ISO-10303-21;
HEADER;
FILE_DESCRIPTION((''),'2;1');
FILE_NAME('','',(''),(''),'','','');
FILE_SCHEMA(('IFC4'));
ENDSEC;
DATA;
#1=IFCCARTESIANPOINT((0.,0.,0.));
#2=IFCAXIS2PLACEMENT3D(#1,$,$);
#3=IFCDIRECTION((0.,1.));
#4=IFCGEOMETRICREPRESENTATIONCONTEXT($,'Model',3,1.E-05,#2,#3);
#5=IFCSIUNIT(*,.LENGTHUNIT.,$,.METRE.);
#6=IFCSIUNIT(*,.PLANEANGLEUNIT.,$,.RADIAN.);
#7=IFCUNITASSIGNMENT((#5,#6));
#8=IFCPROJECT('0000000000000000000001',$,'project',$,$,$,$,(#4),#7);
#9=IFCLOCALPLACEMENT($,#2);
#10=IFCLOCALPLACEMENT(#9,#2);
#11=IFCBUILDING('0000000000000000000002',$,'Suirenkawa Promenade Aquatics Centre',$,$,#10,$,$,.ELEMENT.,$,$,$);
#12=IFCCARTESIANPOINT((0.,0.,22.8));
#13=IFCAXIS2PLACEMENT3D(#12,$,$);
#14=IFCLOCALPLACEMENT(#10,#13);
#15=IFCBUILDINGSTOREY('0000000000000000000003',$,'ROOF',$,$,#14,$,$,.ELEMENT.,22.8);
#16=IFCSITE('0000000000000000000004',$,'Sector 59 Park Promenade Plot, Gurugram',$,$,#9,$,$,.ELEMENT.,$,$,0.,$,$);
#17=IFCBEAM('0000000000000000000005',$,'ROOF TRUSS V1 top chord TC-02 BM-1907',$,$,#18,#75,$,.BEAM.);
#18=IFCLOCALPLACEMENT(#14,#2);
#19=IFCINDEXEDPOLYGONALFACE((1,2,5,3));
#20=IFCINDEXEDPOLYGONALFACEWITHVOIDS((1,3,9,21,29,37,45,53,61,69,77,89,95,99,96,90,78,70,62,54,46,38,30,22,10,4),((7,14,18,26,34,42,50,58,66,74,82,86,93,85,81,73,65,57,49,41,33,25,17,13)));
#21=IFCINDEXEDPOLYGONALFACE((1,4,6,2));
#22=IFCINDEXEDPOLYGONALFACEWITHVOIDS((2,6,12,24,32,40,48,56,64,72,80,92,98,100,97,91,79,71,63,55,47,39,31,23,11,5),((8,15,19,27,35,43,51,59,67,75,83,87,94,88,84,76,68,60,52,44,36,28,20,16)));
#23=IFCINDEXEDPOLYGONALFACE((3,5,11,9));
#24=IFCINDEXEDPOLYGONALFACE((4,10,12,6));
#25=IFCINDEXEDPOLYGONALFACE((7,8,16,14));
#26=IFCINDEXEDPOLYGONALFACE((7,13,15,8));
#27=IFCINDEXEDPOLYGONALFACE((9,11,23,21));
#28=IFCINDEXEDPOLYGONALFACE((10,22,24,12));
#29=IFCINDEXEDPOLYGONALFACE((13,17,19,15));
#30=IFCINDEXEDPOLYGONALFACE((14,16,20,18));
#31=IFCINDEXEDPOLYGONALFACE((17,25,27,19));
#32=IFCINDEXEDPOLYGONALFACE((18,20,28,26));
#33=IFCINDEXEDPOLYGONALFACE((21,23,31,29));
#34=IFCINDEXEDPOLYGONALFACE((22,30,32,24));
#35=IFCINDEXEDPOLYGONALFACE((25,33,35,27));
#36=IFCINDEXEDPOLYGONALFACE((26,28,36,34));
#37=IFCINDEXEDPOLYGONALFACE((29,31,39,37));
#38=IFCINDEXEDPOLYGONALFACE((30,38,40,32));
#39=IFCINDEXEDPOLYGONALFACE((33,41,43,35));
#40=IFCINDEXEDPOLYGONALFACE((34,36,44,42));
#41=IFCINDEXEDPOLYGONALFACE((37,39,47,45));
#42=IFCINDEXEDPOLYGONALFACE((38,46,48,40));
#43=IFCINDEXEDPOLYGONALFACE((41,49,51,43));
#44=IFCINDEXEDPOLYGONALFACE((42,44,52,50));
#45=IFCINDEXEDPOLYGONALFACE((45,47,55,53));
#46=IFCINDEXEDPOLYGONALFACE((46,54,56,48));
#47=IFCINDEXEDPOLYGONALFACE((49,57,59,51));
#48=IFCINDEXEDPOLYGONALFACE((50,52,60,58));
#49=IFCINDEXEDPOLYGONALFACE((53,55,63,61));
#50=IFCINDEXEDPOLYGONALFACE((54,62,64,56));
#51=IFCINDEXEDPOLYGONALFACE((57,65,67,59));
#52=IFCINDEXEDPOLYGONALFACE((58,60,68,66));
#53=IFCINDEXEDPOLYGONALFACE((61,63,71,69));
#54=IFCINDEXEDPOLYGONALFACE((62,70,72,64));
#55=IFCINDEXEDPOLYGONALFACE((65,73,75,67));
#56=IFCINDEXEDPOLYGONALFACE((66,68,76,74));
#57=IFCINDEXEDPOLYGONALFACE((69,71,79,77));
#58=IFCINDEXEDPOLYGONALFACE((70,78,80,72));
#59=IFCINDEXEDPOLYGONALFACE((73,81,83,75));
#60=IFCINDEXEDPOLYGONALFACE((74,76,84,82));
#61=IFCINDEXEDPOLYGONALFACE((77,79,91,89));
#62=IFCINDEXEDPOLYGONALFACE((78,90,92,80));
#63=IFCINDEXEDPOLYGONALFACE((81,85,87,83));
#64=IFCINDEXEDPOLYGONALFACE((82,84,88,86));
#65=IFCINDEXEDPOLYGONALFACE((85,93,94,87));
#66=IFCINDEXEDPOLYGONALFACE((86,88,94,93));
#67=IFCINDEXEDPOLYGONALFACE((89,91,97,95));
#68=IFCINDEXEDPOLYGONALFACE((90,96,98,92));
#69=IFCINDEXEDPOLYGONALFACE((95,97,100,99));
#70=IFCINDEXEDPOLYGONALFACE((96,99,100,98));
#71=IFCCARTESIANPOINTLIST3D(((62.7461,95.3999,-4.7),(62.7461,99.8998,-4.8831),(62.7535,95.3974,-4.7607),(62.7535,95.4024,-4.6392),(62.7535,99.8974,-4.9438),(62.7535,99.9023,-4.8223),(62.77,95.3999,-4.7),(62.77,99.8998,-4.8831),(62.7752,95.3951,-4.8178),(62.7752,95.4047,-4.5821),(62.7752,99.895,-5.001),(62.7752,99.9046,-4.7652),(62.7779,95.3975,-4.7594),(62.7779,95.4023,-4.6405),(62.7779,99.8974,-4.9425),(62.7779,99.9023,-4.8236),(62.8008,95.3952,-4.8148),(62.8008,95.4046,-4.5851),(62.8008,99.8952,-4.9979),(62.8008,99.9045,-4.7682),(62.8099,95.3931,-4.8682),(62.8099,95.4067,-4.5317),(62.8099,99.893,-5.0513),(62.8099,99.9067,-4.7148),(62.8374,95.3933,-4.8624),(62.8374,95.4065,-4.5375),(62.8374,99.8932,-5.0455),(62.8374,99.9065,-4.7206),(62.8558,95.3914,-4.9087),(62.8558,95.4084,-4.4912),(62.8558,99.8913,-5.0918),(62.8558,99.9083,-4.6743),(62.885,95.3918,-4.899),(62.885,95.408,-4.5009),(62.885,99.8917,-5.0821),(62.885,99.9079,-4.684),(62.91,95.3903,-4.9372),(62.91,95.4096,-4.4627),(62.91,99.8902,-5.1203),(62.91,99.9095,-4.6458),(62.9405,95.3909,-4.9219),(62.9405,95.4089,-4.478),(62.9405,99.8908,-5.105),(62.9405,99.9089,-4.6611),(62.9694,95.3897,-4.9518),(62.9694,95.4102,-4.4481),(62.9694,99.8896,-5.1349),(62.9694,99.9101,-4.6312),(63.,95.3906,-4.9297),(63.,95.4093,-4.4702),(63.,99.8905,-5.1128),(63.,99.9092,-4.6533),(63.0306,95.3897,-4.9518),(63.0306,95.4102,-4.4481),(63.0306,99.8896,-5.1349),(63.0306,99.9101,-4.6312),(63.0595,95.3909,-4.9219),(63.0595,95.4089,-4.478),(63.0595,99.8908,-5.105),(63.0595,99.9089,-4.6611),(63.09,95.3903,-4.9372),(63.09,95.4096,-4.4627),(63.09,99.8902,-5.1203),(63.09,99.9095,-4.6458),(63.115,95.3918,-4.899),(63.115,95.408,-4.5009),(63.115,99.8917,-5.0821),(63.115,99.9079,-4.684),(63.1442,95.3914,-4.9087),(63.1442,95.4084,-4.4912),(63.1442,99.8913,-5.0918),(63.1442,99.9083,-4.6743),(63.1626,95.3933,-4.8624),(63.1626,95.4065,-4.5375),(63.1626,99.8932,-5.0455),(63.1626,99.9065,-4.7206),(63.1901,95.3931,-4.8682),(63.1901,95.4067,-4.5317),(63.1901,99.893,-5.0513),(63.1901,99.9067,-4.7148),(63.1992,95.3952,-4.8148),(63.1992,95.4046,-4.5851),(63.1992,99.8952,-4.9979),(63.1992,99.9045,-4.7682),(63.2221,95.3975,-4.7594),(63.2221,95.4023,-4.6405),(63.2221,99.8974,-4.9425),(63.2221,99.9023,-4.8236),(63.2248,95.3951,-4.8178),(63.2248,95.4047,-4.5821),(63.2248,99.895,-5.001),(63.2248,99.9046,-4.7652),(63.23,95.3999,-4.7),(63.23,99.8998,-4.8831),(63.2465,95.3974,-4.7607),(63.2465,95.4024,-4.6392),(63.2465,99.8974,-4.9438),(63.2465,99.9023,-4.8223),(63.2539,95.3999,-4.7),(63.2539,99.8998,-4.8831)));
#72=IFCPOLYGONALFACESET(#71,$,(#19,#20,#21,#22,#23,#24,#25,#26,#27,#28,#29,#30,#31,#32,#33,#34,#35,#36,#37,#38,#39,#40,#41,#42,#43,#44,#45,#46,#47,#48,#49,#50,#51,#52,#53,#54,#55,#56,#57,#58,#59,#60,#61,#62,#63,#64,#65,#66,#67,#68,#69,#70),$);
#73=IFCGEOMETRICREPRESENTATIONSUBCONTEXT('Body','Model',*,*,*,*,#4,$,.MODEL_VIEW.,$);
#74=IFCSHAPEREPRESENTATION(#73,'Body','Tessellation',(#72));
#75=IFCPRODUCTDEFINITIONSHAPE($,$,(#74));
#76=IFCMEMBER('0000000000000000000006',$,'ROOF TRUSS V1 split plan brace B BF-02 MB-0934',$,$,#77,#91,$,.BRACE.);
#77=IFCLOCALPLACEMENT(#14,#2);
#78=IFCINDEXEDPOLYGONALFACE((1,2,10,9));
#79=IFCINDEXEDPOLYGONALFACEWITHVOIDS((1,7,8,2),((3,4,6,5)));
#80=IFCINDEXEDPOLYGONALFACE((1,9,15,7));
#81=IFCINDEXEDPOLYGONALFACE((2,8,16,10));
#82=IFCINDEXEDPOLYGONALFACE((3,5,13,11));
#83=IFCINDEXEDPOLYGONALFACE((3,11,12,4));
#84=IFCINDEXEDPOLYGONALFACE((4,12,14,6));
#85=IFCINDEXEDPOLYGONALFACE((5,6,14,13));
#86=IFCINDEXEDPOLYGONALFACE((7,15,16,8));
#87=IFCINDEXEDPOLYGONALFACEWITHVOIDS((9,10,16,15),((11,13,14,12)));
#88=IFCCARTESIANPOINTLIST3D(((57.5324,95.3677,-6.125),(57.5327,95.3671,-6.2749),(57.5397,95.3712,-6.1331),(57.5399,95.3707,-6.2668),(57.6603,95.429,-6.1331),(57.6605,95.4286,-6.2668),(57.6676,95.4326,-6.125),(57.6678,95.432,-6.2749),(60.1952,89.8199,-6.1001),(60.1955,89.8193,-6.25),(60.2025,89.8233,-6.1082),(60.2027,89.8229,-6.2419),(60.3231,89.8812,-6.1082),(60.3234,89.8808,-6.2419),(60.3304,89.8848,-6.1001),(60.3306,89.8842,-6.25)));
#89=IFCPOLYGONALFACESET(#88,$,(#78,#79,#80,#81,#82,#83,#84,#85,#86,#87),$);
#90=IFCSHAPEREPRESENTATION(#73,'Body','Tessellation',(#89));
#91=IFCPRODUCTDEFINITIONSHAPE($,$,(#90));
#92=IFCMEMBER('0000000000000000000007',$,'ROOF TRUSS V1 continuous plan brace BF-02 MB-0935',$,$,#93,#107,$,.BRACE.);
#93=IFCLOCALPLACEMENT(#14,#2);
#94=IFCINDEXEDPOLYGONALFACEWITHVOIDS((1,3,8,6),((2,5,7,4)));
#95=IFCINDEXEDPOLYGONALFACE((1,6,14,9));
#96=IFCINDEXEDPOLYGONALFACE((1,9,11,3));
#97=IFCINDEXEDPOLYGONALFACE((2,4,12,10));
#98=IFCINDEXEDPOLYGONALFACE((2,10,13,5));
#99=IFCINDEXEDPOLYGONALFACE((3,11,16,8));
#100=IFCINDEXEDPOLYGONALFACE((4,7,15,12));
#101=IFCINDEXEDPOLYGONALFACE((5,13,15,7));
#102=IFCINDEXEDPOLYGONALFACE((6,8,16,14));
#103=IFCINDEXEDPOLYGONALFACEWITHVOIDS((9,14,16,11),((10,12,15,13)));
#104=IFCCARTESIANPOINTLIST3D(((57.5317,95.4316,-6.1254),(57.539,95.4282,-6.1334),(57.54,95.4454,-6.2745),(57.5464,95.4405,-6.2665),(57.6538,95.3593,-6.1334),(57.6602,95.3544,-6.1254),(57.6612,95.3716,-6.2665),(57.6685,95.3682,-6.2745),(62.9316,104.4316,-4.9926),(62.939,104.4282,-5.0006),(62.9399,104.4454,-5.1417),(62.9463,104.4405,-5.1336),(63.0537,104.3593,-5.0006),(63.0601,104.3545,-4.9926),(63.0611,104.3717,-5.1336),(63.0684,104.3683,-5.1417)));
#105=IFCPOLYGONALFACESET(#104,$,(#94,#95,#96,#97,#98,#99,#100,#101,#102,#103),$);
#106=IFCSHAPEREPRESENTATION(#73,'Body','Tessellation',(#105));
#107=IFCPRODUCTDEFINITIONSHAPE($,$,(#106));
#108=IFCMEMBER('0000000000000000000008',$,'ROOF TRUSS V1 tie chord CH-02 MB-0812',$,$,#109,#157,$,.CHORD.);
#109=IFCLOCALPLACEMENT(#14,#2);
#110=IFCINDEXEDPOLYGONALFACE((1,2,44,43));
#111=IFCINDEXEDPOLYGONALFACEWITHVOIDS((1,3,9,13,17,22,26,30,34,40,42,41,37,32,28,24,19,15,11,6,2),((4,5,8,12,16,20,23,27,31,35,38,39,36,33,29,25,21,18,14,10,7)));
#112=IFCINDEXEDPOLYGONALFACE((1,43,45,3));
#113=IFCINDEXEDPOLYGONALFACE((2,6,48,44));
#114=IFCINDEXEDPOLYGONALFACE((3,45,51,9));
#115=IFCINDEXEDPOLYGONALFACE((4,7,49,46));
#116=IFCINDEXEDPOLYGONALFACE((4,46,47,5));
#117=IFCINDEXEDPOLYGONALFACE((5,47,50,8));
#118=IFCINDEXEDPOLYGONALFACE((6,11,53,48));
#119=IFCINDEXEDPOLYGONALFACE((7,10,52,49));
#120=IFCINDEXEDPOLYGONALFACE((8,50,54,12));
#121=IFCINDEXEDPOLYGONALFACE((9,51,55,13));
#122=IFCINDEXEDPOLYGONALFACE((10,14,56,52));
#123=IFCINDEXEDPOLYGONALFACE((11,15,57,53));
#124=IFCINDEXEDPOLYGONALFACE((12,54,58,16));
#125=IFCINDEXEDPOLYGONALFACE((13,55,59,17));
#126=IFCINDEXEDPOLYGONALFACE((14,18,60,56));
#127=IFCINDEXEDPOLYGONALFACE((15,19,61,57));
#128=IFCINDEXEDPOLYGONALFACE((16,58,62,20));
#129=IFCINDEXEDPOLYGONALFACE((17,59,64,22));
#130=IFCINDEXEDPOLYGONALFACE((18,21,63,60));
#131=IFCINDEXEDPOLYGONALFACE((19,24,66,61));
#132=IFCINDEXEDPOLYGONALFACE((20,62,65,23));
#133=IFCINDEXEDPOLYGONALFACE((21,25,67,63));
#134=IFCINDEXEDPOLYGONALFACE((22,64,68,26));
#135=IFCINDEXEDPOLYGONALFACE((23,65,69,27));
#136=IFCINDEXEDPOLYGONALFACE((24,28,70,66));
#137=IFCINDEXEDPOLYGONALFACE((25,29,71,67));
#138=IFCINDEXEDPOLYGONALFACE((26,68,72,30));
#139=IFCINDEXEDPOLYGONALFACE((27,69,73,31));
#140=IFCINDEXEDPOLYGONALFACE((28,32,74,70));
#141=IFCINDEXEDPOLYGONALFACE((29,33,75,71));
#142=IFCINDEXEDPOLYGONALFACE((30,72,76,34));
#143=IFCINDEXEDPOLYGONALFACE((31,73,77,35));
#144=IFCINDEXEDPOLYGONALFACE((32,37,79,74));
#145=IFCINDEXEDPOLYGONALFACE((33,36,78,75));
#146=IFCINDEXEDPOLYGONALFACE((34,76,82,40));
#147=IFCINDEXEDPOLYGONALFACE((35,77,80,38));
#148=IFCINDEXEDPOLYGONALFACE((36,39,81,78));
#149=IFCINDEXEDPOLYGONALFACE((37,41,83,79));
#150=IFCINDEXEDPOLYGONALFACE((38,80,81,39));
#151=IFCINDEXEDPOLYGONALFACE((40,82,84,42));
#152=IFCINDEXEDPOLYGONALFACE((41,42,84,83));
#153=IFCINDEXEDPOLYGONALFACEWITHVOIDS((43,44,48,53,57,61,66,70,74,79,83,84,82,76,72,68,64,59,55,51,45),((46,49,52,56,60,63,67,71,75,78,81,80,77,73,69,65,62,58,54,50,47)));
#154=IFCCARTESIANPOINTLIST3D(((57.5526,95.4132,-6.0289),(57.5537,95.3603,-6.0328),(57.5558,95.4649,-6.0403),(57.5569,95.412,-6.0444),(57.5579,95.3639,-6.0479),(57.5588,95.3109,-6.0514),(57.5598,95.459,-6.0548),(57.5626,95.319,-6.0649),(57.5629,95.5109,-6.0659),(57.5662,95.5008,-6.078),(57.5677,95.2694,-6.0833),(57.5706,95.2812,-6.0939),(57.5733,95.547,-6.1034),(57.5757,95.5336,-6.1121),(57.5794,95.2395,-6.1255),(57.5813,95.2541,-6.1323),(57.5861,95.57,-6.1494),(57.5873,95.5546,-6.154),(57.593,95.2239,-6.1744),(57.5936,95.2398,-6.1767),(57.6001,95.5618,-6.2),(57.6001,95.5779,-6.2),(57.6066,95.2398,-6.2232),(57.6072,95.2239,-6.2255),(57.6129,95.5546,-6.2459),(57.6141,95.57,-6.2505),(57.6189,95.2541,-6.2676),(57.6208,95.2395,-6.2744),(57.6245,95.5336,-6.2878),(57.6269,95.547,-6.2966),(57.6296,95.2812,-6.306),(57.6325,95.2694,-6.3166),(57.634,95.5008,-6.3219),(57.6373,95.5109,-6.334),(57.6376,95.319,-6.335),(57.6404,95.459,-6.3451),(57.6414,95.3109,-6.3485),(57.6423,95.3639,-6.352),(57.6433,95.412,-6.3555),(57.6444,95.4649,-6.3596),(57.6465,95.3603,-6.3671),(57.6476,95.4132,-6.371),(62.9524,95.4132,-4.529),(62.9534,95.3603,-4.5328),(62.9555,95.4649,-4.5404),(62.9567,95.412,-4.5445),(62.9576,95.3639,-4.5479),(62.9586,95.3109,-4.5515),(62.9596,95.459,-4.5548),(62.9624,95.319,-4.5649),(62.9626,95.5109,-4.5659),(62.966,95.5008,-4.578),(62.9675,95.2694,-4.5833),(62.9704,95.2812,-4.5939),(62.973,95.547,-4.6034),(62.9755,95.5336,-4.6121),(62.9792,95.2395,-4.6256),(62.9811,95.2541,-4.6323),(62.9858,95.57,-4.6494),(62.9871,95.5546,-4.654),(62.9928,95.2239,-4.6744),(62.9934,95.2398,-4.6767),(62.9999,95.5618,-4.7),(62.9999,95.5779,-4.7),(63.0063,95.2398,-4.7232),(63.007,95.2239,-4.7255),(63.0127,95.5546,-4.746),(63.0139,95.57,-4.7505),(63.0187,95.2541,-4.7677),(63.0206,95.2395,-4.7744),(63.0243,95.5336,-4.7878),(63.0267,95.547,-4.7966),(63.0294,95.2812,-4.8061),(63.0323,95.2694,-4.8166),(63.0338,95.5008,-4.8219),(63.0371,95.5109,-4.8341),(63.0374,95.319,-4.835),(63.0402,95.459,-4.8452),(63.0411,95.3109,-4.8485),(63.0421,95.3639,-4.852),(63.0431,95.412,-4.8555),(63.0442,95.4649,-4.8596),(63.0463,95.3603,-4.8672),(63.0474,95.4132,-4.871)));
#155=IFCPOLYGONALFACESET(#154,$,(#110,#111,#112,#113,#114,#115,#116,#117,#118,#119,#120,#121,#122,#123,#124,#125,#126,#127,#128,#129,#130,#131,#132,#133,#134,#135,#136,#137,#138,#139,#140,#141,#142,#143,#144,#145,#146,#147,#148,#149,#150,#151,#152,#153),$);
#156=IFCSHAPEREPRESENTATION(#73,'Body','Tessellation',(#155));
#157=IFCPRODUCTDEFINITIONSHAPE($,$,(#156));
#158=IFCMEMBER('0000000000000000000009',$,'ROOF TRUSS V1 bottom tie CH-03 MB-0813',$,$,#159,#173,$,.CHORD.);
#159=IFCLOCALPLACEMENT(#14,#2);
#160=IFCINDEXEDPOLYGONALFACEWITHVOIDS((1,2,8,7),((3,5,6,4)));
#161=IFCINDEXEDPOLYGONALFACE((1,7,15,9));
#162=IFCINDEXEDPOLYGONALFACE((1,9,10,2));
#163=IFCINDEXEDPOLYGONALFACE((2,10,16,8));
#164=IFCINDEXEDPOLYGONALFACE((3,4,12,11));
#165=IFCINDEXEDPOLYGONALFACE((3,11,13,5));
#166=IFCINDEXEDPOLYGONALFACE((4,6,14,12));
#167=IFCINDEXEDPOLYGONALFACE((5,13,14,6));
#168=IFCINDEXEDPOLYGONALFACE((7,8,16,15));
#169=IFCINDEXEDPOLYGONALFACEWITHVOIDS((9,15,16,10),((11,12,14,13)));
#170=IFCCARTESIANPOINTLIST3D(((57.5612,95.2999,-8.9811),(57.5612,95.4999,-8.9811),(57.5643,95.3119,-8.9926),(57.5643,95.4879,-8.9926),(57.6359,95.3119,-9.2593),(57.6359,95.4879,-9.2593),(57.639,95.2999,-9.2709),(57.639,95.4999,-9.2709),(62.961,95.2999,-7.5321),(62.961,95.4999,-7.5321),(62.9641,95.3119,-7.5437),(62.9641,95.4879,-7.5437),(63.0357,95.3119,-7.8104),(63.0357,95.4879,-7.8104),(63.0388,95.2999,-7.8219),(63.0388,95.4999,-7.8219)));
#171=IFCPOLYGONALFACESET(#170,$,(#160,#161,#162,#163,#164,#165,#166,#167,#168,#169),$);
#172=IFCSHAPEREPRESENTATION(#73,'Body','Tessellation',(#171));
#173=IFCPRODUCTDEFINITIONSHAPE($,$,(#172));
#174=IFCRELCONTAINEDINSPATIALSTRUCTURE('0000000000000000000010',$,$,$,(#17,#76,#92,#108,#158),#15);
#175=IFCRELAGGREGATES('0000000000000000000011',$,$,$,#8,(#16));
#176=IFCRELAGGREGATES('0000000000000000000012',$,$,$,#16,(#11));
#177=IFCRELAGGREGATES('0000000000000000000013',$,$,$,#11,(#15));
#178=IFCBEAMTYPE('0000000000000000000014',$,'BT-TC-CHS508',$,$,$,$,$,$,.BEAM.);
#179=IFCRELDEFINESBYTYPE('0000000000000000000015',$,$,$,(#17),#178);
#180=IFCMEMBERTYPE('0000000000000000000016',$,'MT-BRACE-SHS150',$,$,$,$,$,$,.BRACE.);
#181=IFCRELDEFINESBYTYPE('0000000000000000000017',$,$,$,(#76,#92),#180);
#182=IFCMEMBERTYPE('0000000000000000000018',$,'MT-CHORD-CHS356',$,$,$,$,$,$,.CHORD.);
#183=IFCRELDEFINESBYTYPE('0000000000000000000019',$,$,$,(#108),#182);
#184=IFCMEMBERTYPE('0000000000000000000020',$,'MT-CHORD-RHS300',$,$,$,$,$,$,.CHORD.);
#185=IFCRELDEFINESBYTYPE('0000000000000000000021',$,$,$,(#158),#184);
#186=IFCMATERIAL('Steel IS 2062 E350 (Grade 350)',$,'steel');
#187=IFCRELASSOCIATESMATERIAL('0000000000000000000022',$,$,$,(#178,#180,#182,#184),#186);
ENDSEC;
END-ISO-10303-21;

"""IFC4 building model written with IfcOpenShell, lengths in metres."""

from ifc_helpers import new_model, si_unit, direction, frame, origin, origin_2d, place, context, subcontext, project, spatial, hollow_rectangle, hollow_circle, extrude, material, material_profile, profile_set, type_object, element, save


model = new_model("IFC4")

# Units and contexts
model_context = context("Model", 3, precision=1e-05, world=origin(), true_north=direction((0.0, 1.0)))
body_context = subcontext(model_context, "Body", "Model", "MODEL_VIEW")
ifc_project = project(units=[si_unit("LENGTHUNIT", "METRE"), si_unit("PLANEANGLEUNIT", "RADIAN")], contexts=[model_context])

# Site, building, storey
site_placement = place(None, origin())
site = spatial("IfcSite", under=ifc_project, at=site_placement, Name="Sector 59 Park Promenade Plot, Gurugram", CompositionType="ELEMENT", RefElevation=0.0)
building_placement = place(site_placement, origin())
building = spatial("IfcBuilding", under=site, at=building_placement, Name="Suirenkawa Promenade Aquatics Centre", CompositionType="ELEMENT")
storey_placement = place(building_placement, frame((0.0, 0.0, 22.8)))
storey = spatial("IfcBuildingStorey", under=building, at=storey_placement, Name="ROOF", CompositionType="ELEMENT", Elevation=22.8)

# Beam
ifc_material_1 = material(Name="Steel IS 2062 E350 (Grade 350)", Category="steel")
ifc_material_profile_1 = material_profile(ifc_material_1, hollow_circle(Radius=0.2539, WallThickness=0.0239, at=origin_2d()), Name="CHS 508x24", Category="steel")
ifc_profile_set_1 = profile_set([ifc_material_profile_1], Name="Steel IS 2062 E350 (Grade 350)")
beam_type_1 = type_object("IfcBeamType", Name="BT-TC-CHS508", PredefinedType="BEAM", material=ifc_profile_set_1)
for number, where, z_axis, x_axis, name in (
    (1, (63.0, 95.3999, -4.7), (0.0, 0.999173, -0.040656), (-1.0, 0.0, 0.0), "ROOF TRUSS V1 top chord TC-02 BM-1907"),
):
    element("IfcBeam", number, at=place(storey_placement, frame(where, z_axis=z_axis, x_axis=x_axis)), inside=storey, type_object=beam_type_1, Name=name, PredefinedType="BEAM", context=body_context, shape_type="SweptSolid", body=[
        extrude(hollow_circle(Radius=0.2539, WallThickness=0.0239, at=origin_2d()), origin(), (0.0, 0.0, 1.0), 4.5037),
    ])

# Members
ifc_material_profile_2 = material_profile(ifc_material_1, hollow_rectangle(XDim=0.1499, YDim=0.1499, WallThickness=0.0081, at=origin_2d()), Name="SHS 150x150x8", Category="steel")
ifc_profile_set_2 = profile_set([ifc_material_profile_2], Name="Steel IS 2062 E350 (Grade 350)")
member_type_1 = type_object("IfcMemberType", Name="MT-BRACE-SHS150", PredefinedType="BRACE", material=ifc_profile_set_2)
member_1_placement = place(storey_placement, frame((60.2629, 89.8521, -6.175), z_axis=(-0.432711, 0.901524, -0.004047), x_axis=(-0.901531, -0.432714, 0.0)))
element("IfcMember", 2, at=member_1_placement, inside=storey, type_object=member_type_1, Name="ROOF TRUSS V1 split plan brace B BF-02 MB-0934", PredefinedType="BRACE", context=body_context, shape_type="SweptSolid", body=[
    extrude(hollow_rectangle(XDim=0.1499, YDim=0.1499, WallThickness=0.0081, at=origin_2d()), origin(), (0.0, 0.0, 1.0), 6.1538),
])
member_2_placement = place(storey_placement, frame((57.6001, 95.3999, -6.2), z_axis=(0.511518, 0.852546, 0.107308), x_axis=(-0.857497, 0.514489, 0.0)))
element("IfcMember", 3, at=member_2_placement, inside=storey, type_object=member_type_1, Name="ROOF TRUSS V1 continuous plan brace BF-02 MB-0935", PredefinedType="BRACE", context=body_context, shape_type="SweptSolid", body=[
    extrude(hollow_rectangle(XDim=0.1499, YDim=0.1499, WallThickness=0.0081, at=origin_2d()), origin(), (0.0, 0.0, 1.0), 10.5566),
])
ifc_material_profile_3 = material_profile(ifc_material_1, hollow_circle(Radius=0.178, WallThickness=0.0161, at=origin_2d()), Name="CHS 356x16", Category="steel")
ifc_profile_set_3 = profile_set([ifc_material_profile_3], Name="Steel IS 2062 E350 (Grade 350)")
member_type_2 = type_object("IfcMemberType", Name="MT-CHORD-CHS356", PredefinedType="CHORD", material=ifc_profile_set_3)
member_3_placement = place(storey_placement, frame((57.6001, 95.3999, -6.2), z_axis=(0.963517, 0.0, 0.267648), x_axis=(0.0, 1.0, 0.0)))
element("IfcMember", 4, at=member_3_placement, inside=storey, type_object=member_type_2, Name="ROOF TRUSS V1 tie chord CH-02 MB-0812", PredefinedType="CHORD", context=body_context, shape_type="SweptSolid", body=[
    extrude(hollow_circle(Radius=0.178, WallThickness=0.0161, at=origin_2d()), origin(), (0.0, 0.0, 1.0), 5.6042),
])
ifc_material_profile_4 = material_profile(ifc_material_1, hollow_rectangle(XDim=0.2, YDim=0.3, WallThickness=0.012, at=origin_2d()), Name="RHS 300x200x12", Category="steel")
ifc_profile_set_4 = profile_set([ifc_material_profile_4], Name="Steel IS 2062 E350 (Grade 350)")
member_type_3 = type_object("IfcMemberType", Name="MT-CHORD-RHS300", PredefinedType="CHORD", material=ifc_profile_set_4)
member_4_placement = place(storey_placement, frame((57.6001, 95.3999, -9.126), z_axis=(0.965833, 0.0, 0.259165), x_axis=(0.0, 1.0, 0.0)))
element("IfcMember", 5, at=member_4_placement, inside=storey, type_object=member_type_3, Name="ROOF TRUSS V1 bottom tie CH-03 MB-0813", PredefinedType="CHORD", context=body_context, shape_type="SweptSolid", body=[
    extrude(hollow_rectangle(XDim=0.2, YDim=0.3, WallThickness=0.012, at=origin_2d()), origin(), (0.0, 0.0, 1.0), 5.5908),
])

save(model, "model.ifc")
